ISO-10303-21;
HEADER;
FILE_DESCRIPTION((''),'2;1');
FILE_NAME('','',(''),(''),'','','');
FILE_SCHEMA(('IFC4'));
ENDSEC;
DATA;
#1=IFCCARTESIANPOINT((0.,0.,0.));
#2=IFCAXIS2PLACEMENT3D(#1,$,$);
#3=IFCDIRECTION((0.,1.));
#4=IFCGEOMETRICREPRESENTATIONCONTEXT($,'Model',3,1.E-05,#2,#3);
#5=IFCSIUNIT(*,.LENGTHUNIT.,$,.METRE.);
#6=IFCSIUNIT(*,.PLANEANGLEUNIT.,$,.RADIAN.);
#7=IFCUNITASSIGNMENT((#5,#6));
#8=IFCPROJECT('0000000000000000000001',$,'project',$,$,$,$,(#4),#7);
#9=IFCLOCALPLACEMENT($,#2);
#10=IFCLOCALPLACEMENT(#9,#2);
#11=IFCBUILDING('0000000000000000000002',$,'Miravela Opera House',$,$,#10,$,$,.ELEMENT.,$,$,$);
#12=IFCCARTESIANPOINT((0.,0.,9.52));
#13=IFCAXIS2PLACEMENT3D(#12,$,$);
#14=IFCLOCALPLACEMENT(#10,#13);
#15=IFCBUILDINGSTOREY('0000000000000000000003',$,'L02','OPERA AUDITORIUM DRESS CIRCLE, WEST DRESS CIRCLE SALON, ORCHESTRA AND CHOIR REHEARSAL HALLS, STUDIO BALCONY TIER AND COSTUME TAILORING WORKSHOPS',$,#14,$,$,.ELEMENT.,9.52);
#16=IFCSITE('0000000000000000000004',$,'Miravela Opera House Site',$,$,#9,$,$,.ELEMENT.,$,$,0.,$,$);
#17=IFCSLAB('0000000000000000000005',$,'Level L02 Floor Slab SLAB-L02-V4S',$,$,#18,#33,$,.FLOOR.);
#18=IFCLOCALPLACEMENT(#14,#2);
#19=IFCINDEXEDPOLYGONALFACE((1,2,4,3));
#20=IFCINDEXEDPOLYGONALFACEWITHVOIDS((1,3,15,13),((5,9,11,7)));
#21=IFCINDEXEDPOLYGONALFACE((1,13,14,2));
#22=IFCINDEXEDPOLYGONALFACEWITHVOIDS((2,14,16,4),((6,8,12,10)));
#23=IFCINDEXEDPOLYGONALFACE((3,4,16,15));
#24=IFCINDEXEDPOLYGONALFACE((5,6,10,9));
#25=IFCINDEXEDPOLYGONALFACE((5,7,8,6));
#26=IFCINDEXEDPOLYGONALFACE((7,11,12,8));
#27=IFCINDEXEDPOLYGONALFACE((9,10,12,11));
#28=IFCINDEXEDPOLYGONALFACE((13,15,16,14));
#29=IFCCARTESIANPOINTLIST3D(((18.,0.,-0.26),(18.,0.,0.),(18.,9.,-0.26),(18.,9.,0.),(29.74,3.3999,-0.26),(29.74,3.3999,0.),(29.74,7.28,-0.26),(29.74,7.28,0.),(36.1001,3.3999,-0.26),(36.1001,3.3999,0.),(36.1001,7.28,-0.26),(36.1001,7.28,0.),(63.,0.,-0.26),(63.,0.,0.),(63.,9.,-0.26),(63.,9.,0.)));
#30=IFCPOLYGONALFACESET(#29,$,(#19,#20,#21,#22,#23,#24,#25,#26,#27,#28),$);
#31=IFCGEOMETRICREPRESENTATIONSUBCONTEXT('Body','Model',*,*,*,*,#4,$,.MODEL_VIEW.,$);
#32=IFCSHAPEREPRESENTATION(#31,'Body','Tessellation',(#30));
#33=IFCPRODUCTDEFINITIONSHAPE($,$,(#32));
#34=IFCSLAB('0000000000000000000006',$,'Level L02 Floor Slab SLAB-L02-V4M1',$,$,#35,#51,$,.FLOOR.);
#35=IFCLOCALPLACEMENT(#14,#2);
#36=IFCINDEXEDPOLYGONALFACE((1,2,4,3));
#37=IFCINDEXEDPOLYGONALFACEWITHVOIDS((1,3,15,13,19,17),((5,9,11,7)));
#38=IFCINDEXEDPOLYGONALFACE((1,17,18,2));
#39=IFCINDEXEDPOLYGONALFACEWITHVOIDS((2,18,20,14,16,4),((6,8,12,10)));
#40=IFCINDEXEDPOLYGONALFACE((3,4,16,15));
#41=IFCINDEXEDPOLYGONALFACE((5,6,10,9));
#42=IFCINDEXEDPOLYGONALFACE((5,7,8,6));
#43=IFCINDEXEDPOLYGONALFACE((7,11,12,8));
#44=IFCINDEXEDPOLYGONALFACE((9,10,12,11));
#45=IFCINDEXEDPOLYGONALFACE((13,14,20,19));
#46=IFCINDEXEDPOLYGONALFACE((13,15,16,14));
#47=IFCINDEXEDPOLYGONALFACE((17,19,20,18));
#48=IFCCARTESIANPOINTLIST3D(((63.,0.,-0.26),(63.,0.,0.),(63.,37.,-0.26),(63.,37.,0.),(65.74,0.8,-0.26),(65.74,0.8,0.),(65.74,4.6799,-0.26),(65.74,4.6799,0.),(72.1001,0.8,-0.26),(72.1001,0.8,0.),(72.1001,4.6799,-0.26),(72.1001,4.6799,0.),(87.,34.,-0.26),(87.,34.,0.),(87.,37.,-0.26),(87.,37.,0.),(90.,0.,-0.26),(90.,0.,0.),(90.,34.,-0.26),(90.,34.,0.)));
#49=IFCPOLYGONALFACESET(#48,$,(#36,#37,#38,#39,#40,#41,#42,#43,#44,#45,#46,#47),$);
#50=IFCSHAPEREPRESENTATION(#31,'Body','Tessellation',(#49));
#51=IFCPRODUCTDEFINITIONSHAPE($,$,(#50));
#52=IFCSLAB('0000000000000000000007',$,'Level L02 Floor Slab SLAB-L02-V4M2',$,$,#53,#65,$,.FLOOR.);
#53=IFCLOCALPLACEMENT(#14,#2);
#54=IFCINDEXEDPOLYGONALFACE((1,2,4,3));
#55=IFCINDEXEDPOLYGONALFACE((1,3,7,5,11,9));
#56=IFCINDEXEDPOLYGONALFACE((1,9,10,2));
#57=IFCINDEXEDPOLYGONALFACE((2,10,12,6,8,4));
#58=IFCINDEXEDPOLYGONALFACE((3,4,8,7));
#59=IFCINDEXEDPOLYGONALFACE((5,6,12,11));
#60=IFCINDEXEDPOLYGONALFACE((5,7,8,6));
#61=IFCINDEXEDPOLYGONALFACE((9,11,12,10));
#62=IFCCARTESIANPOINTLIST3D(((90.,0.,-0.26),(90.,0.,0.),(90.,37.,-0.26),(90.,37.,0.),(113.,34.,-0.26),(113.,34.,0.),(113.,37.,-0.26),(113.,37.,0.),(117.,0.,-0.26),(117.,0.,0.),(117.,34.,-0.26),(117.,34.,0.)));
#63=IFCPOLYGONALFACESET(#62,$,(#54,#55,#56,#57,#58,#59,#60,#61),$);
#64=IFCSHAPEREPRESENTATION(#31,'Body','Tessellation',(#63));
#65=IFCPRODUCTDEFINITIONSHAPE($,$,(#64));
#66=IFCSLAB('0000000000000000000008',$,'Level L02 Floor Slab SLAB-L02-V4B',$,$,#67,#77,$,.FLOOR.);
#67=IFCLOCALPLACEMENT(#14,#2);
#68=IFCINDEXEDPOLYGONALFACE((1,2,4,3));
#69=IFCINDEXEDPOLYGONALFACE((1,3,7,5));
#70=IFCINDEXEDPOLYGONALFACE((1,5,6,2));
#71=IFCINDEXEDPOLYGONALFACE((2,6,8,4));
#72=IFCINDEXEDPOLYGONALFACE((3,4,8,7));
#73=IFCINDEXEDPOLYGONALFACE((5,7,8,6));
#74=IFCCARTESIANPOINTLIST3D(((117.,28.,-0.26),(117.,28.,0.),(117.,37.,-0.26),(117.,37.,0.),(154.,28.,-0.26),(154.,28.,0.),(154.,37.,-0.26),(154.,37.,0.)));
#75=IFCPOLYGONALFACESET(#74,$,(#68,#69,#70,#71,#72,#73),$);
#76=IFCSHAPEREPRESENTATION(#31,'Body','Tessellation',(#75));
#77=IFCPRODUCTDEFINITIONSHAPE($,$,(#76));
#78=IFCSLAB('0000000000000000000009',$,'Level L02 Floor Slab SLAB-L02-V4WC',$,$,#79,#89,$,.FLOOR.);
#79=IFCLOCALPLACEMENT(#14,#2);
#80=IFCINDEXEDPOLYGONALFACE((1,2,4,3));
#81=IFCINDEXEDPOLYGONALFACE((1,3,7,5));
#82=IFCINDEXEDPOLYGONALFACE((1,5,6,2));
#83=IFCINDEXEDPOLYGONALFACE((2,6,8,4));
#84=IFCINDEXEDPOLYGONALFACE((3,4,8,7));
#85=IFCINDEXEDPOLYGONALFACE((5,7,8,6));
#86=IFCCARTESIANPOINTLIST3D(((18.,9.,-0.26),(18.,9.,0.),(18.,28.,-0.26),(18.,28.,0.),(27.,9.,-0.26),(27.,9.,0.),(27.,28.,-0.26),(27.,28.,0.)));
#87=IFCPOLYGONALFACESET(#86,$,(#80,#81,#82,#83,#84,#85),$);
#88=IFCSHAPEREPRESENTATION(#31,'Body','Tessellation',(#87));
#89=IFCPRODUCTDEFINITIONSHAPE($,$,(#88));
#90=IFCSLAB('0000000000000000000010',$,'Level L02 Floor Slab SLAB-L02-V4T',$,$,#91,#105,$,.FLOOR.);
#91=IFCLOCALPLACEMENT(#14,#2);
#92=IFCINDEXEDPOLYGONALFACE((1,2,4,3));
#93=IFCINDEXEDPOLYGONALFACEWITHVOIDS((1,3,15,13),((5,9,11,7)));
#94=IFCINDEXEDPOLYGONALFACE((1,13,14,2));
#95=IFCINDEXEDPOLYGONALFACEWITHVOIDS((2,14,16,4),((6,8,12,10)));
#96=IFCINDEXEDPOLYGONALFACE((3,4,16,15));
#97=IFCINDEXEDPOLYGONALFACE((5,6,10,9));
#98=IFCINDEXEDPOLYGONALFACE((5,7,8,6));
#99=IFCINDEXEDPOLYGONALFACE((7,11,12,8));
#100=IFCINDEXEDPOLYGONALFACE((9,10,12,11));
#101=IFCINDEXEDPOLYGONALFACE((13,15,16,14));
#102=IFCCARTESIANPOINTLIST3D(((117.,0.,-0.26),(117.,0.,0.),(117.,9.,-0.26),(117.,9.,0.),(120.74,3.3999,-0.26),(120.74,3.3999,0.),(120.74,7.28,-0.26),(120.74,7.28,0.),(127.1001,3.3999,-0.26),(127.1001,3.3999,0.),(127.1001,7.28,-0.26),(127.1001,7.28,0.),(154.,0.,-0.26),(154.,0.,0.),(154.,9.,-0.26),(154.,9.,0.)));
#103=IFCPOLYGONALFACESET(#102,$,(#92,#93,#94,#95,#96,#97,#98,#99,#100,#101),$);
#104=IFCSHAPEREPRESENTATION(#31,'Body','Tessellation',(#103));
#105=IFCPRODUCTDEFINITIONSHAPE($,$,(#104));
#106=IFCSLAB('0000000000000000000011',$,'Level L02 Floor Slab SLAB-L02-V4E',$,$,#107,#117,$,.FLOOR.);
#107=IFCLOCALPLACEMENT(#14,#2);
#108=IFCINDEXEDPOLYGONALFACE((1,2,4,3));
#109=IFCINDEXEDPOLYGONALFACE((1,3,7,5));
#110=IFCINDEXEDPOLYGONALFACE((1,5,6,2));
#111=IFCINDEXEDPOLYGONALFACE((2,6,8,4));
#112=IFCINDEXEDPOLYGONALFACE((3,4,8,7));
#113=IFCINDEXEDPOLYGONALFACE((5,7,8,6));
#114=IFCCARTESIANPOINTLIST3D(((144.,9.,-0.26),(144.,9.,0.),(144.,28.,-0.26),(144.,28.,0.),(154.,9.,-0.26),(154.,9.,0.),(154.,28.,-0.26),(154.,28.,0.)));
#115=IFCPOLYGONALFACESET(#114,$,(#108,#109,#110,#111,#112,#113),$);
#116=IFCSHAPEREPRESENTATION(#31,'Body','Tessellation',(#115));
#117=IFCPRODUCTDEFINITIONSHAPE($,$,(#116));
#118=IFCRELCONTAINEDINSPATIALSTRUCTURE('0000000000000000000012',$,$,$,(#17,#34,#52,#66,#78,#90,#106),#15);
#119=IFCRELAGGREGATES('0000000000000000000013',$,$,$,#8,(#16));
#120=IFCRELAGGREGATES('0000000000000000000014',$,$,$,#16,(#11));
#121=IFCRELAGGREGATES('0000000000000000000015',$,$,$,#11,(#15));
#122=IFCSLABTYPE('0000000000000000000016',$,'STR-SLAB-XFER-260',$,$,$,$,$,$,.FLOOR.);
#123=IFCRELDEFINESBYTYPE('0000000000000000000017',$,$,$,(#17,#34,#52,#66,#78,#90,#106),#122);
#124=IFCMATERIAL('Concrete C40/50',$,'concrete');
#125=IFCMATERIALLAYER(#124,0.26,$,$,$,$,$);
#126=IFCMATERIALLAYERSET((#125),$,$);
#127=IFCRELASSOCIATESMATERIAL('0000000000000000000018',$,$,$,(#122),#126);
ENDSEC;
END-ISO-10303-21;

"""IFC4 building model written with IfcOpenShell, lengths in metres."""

from ifc_helpers import new_model, si_unit, direction, frame, origin, place, context, subcontext, project, spatial, polyline, outline, extrude, material, layer, layer_set, type_object, element, save


model = new_model("IFC4")

# Units and contexts
model_context = context("Model", 3, precision=1e-05, world=origin(), true_north=direction((0.0, 1.0)))
body_context = subcontext(model_context, "Body", "Model", "MODEL_VIEW")
ifc_project = project(units=[si_unit("LENGTHUNIT", "METRE"), si_unit("PLANEANGLEUNIT", "RADIAN")], contexts=[model_context])

# Site, building, storey
site_placement = place(None, origin())
site = spatial("IfcSite", under=ifc_project, at=site_placement, Name="Miravela Opera House Site", CompositionType="ELEMENT", RefElevation=0.0)
building_placement = place(site_placement, origin())
building = spatial("IfcBuilding", under=site, at=building_placement, Name="Miravela Opera House", CompositionType="ELEMENT")
storey_placement = place(building_placement, frame((0.0, 0.0, 9.52)))
storey = spatial("IfcBuildingStorey", under=building, at=storey_placement, Name="L02", Description="OPERA AUDITORIUM DRESS CIRCLE, WEST DRESS CIRCLE SALON, ORCHESTRA AND CHOIR REHEARSAL HALLS, STUDIO BALCONY TIER AND COSTUME TAILORING WORKSHOPS", CompositionType="ELEMENT", Elevation=9.52)

# Slabs
ifc_material_1 = material(Name="Concrete C40/50", Category="concrete")
ifc_layer_1 = layer(ifc_material_1, 0.26)
ifc_layer_set_1 = layer_set([ifc_layer_1])
slab_type_1 = type_object("IfcSlabType", Name="STR-SLAB-XFER-260", PredefinedType="FLOOR", material=ifc_layer_set_1)
slab_1_placement = place(storey_placement, frame((0.0, 0.0, -0.26)))
element("IfcSlab", 1, at=slab_1_placement, inside=storey, type_object=slab_type_1, Name="Level L02 Floor Slab SLAB-L02-V4S", PredefinedType="FLOOR", context=body_context, shape_type="SweptSolid", body=[
    extrude(outline(polyline([(18.0, 0.0), (63.0, 0.0), (63.0, 9.0), (18.0, 9.0), (18.0, 0.0)]), holes=[polyline([(29.74, 3.3999), (36.1001, 3.3999), (36.1001, 7.28), (29.74, 7.28), (29.74, 3.3999)])]), origin(), (0.0, 0.0, 1.0), 0.26),
])
slab_2_placement = place(storey_placement, frame((0.0, 0.0, -0.26)))
element("IfcSlab", 2, at=slab_2_placement, inside=storey, type_object=slab_type_1, Name="Level L02 Floor Slab SLAB-L02-V4M1", PredefinedType="FLOOR", context=body_context, shape_type="SweptSolid", body=[
    extrude(outline(polyline([(63.0, 0.0), (90.0, 0.0), (90.0, 34.0), (87.0, 34.0), (87.0, 37.0), (63.0, 37.0), (63.0, 0.0)]), holes=[polyline([(65.74, 0.8), (72.1001, 0.8), (72.1001, 4.6799), (65.74, 4.6799), (65.74, 0.8)])]), origin(), (0.0, 0.0, 1.0), 0.26),
])
slab_3_placement = place(storey_placement, frame((0.0, 0.0, -0.26)))
element("IfcSlab", 3, at=slab_3_placement, inside=storey, type_object=slab_type_1, Name="Level L02 Floor Slab SLAB-L02-V4M2", PredefinedType="FLOOR", context=body_context, shape_type="SweptSolid", body=[
    extrude(outline(polyline([(90.0, 0.0), (117.0, 0.0), (117.0, 34.0), (113.0, 34.0), (113.0, 37.0), (90.0, 37.0), (90.0, 0.0)])), origin(), (0.0, 0.0, 1.0), 0.26),
])
slab_4_placement = place(storey_placement, frame((0.0, 0.0, -0.26)))
element("IfcSlab", 4, at=slab_4_placement, inside=storey, type_object=slab_type_1, Name="Level L02 Floor Slab SLAB-L02-V4B", PredefinedType="FLOOR", context=body_context, shape_type="SweptSolid", body=[
    extrude(outline(polyline([(117.0, 28.0), (154.0, 28.0), (154.0, 37.0), (117.0, 37.0), (117.0, 28.0)])), origin(), (0.0, 0.0, 1.0), 0.26),
])
slab_5_placement = place(storey_placement, frame((0.0, 0.0, -0.26)))
element("IfcSlab", 5, at=slab_5_placement, inside=storey, type_object=slab_type_1, Name="Level L02 Floor Slab SLAB-L02-V4WC", PredefinedType="FLOOR", context=body_context, shape_type="SweptSolid", body=[
    extrude(outline(polyline([(18.0, 9.0), (27.0, 9.0), (27.0, 28.0), (18.0, 28.0), (18.0, 9.0)])), origin(), (0.0, 0.0, 1.0), 0.26),
])
slab_6_placement = place(storey_placement, frame((0.0, 0.0, -0.26)))
element("IfcSlab", 6, at=slab_6_placement, inside=storey, type_object=slab_type_1, Name="Level L02 Floor Slab SLAB-L02-V4T", PredefinedType="FLOOR", context=body_context, shape_type="SweptSolid", body=[
    extrude(outline(polyline([(117.0, 0.0), (154.0, 0.0), (154.0, 9.0), (117.0, 9.0), (117.0, 0.0)]), holes=[polyline([(120.74, 3.3999), (127.1001, 3.3999), (127.1001, 7.28), (120.74, 7.28), (120.74, 3.3999)])]), origin(), (0.0, 0.0, 1.0), 0.26),
])
slab_7_placement = place(storey_placement, frame((0.0, 0.0, -0.26)))
element("IfcSlab", 7, at=slab_7_placement, inside=storey, type_object=slab_type_1, Name="Level L02 Floor Slab SLAB-L02-V4E", PredefinedType="FLOOR", context=body_context, shape_type="SweptSolid", body=[
    extrude(outline(polyline([(144.0, 9.0), (154.0, 9.0), (154.0, 28.0), (144.0, 28.0), (144.0, 9.0)])), origin(), (0.0, 0.0, 1.0), 0.26),
])

save(model, "model.ifc")
